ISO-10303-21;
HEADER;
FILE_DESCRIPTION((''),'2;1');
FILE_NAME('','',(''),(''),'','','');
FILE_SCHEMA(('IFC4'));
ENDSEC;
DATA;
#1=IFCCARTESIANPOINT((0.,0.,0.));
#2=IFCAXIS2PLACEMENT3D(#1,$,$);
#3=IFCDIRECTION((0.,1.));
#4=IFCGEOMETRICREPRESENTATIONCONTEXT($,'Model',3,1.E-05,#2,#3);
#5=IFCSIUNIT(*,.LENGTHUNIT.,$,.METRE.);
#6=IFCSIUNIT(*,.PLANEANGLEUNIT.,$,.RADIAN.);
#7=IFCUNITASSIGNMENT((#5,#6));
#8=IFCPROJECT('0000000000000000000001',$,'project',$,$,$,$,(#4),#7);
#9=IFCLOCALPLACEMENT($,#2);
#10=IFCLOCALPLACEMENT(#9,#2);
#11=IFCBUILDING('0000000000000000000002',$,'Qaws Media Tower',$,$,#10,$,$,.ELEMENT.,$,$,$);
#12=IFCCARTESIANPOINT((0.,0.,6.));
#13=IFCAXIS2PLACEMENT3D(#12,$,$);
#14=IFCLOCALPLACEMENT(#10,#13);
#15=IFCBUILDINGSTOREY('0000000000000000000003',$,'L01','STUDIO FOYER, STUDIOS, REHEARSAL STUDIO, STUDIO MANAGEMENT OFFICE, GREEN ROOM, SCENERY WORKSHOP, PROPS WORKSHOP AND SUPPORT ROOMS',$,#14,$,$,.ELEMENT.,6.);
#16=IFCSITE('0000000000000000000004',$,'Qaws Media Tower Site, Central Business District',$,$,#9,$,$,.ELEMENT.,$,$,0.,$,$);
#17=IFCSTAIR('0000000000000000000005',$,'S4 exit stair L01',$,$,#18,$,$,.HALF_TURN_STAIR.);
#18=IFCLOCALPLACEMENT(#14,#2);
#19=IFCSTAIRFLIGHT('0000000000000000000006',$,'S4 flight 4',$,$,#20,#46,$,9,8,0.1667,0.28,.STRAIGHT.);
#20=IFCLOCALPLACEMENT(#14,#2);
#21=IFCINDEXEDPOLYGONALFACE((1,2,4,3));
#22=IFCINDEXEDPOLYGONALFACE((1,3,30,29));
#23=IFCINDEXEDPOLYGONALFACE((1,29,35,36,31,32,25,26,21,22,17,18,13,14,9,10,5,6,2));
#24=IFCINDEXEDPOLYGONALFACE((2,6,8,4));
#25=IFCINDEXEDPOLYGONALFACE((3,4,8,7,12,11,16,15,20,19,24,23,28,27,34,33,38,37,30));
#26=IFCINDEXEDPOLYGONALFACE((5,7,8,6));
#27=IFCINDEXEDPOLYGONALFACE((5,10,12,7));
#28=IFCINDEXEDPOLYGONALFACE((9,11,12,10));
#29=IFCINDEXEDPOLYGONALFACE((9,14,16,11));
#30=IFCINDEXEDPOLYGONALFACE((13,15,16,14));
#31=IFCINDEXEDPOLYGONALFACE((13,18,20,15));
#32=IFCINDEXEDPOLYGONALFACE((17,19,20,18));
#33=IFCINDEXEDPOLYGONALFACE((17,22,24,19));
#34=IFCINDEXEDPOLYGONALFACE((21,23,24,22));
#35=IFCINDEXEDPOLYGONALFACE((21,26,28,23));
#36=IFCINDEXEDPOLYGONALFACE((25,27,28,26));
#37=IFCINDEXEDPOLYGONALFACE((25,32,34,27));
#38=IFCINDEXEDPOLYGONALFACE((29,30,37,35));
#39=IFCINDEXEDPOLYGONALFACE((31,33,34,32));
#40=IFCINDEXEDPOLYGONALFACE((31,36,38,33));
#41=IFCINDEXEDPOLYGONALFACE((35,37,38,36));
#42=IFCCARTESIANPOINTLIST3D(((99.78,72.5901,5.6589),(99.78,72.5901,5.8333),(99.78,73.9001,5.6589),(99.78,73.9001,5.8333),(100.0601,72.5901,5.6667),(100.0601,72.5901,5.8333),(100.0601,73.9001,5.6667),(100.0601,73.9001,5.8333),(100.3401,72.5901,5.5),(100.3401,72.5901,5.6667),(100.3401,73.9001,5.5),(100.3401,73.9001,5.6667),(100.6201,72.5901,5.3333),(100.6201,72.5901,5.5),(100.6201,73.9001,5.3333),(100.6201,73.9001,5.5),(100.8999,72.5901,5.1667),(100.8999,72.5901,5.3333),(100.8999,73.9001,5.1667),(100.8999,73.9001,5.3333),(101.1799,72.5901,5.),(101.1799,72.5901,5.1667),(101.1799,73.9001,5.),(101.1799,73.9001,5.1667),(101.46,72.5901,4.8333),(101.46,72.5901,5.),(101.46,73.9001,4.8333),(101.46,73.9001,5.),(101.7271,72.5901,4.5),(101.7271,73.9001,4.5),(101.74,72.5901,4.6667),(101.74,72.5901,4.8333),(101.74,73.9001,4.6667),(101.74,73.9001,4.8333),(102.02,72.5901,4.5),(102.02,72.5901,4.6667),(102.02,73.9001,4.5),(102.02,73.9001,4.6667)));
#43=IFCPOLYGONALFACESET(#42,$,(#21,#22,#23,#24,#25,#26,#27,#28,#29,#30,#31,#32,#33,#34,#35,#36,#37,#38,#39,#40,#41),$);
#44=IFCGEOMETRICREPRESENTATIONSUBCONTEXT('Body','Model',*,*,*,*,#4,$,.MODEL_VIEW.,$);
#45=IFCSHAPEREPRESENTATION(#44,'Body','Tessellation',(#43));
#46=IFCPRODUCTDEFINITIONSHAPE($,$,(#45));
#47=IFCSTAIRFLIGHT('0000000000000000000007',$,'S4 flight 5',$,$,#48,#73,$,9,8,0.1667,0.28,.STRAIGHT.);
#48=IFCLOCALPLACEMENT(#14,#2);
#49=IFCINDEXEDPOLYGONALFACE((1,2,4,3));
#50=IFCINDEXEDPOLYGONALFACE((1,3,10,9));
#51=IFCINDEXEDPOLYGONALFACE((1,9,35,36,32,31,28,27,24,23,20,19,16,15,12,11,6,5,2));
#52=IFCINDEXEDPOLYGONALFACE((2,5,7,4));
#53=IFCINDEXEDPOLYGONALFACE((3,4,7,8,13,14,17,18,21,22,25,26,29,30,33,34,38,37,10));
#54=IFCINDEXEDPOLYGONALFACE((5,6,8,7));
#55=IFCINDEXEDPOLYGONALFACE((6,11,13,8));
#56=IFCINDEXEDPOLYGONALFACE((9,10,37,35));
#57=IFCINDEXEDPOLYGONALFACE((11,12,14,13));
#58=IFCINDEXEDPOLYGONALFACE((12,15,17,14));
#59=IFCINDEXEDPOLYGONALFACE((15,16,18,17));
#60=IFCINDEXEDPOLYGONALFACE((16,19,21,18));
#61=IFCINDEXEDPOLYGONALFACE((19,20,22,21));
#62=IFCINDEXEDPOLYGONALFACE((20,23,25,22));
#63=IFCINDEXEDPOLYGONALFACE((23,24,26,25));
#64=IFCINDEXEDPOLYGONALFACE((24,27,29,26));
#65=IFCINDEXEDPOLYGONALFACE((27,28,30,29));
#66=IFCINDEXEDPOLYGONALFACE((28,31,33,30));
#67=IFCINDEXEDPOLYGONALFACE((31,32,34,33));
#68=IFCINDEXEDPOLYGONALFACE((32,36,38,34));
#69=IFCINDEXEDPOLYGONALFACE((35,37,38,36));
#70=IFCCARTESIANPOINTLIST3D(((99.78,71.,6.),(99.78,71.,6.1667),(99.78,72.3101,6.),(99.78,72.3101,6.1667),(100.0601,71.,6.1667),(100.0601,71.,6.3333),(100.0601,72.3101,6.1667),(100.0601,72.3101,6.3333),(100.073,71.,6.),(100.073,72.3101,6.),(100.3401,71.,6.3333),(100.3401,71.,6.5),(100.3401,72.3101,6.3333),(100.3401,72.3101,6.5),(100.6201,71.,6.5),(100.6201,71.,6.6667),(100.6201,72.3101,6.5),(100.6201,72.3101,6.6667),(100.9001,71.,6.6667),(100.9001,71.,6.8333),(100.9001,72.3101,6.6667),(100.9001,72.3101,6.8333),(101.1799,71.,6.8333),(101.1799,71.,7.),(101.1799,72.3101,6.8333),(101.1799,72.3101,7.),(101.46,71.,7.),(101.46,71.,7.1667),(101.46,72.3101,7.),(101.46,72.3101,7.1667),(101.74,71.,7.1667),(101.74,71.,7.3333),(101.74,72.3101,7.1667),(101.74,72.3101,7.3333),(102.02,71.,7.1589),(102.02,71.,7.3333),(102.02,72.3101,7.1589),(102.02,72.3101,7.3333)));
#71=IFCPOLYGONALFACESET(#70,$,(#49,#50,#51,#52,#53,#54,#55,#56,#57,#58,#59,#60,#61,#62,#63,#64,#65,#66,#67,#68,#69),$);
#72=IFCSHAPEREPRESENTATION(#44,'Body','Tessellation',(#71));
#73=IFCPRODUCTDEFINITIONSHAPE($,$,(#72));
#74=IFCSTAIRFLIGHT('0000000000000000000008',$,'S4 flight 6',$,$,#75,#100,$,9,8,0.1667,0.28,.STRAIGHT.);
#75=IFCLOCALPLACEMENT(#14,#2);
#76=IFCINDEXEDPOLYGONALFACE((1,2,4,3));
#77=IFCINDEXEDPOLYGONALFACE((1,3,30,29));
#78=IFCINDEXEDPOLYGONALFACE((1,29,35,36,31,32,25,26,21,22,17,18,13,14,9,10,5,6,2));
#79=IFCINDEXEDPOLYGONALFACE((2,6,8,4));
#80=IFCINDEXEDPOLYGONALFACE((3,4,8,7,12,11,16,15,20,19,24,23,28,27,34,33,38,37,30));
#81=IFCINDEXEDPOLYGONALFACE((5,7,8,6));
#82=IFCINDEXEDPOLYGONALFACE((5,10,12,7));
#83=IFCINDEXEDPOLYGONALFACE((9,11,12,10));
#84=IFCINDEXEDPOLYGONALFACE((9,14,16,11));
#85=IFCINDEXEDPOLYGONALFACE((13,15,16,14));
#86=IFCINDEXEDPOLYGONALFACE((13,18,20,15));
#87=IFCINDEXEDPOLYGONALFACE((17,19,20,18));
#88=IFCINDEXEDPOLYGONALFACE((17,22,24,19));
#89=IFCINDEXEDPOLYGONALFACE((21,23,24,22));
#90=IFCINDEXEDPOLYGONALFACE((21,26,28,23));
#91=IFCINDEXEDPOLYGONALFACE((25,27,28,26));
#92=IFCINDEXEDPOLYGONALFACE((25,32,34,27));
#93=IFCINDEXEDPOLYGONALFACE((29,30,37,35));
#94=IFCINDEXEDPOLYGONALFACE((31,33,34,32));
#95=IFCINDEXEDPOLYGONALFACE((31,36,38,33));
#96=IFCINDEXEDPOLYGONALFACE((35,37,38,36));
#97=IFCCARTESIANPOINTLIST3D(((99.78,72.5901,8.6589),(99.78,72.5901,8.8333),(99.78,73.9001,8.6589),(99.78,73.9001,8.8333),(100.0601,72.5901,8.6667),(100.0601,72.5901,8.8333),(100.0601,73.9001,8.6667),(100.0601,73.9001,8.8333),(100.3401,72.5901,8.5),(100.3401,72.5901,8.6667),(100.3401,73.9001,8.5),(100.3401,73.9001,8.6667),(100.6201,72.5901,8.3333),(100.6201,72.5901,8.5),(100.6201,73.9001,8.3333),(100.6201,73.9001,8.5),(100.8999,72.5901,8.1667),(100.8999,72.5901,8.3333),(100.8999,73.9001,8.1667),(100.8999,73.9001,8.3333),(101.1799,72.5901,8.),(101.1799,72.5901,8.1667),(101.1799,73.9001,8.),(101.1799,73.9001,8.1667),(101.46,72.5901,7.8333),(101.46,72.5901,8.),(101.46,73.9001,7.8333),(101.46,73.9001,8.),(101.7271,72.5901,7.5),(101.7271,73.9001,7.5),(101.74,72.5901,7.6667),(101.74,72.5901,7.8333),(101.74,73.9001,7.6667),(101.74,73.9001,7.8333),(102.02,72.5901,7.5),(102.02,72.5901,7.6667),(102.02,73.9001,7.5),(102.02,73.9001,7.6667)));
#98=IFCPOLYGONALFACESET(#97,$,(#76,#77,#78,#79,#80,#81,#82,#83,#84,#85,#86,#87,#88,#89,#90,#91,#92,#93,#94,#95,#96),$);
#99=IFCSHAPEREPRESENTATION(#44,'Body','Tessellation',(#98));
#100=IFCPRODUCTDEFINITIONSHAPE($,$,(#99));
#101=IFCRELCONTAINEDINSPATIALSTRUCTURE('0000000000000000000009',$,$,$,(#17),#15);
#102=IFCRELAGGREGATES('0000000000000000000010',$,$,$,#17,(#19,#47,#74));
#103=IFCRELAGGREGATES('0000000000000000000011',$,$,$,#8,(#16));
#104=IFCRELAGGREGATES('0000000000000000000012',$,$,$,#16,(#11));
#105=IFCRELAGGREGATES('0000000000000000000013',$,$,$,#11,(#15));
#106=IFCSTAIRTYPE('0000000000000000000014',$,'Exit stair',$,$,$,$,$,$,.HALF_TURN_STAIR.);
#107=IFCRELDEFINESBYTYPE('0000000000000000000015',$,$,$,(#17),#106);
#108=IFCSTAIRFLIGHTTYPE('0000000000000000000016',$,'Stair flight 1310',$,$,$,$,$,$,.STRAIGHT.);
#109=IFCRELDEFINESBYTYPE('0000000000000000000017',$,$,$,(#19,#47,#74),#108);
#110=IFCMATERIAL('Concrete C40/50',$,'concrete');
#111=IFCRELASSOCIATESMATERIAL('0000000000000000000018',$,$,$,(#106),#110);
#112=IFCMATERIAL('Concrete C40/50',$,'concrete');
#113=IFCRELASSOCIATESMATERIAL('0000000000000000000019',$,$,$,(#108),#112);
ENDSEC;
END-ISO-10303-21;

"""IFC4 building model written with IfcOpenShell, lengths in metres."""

from ifc_helpers import new_model, si_unit, direction, frame, origin, place, context, subcontext, project, spatial, polyline, outline, extrude, material, type_object, element, aggregate, save


model = new_model("IFC4")

# Units and contexts
model_context = context("Model", 3, precision=1e-05, world=origin(), true_north=direction((0.0, 1.0)))
body_context = subcontext(model_context, "Body", "Model", "MODEL_VIEW")
ifc_project = project(units=[si_unit("LENGTHUNIT", "METRE"), si_unit("PLANEANGLEUNIT", "RADIAN")], contexts=[model_context])

# Site, building, storey
site_placement = place(None, origin())
site = spatial("IfcSite", under=ifc_project, at=site_placement, Name="Qaws Media Tower Site, Central Business District", CompositionType="ELEMENT", RefElevation=0.0)
building_placement = place(site_placement, origin())
building = spatial("IfcBuilding", under=site, at=building_placement, Name="Qaws Media Tower", CompositionType="ELEMENT")
storey_placement = place(building_placement, frame((0.0, 0.0, 6.0)))
storey = spatial("IfcBuildingStorey", under=building, at=storey_placement, Name="L01", Description="STUDIO FOYER, STUDIOS, REHEARSAL STUDIO, STUDIO MANAGEMENT OFFICE, GREEN ROOM, SCENERY WORKSHOP, PROPS WORKSHOP AND SUPPORT ROOMS", CompositionType="ELEMENT", Elevation=6.0)

# Stair, stair flights
ifc_material_1 = material(Name="Concrete C40/50", Category="concrete")
stair_type = type_object("IfcStairType", Name="Exit stair", PredefinedType="HALF_TURN_STAIR", material=ifc_material_1)
stair_placement = place(storey_placement, origin())
stair = element("IfcStair", 1, at=stair_placement, inside=storey, type_object=stair_type, Name="S4 exit stair L01", PredefinedType="HALF_TURN_STAIR")
ifc_material_2 = material(Name="Concrete C40/50", Category="concrete")
stair_flight_type = type_object("IfcStairFlightType", Name="Stair flight 1310", PredefinedType="STRAIGHT", material=ifc_material_2)
stair_flight_1_placement = place(storey_placement, frame((102.02, 73.2451, 4.5), z_axis=(0.0, 0.0, 1.0), x_axis=(-1.0, 0.0, 0.0)))
stair_flight_1 = element("IfcStairFlight", 2, at=stair_flight_1_placement, type_object=stair_flight_type, Name="S4 flight 4", NumberOfRisers=9, NumberOfTreads=8, PredefinedType="STRAIGHT", RiserHeight=0.1667, TreadLength=0.28, context=body_context, shape_type="SweptSolid", body=[
    extrude(outline(polyline([(0.0, 0.0), (0.0, 0.1667), (0.28, 0.1667), (0.28, 0.3333), (0.5601, 0.3333), (0.5601, 0.5), (0.8401, 0.5), (0.8401, 0.6667), (1.1201, 0.6667), (1.1201, 0.8333), (1.3999, 0.8333), (1.3999, 1.0), (1.6799, 1.0), (1.6799, 1.1667), (1.96, 1.1667), (1.96, 1.3333), (2.24, 1.3333), (2.24, 1.5), (2.24, 1.1589), (0.293, 0.0), (0.0, 0.0)])), frame((0.0, 0.655, 0.0), z_axis=(0.0, -1.0, 0.0), x_axis=(1.0, 0.0, 0.0)), (0.0, 0.0, 1.0), 1.3101),
])
stair_flight_2_placement = place(storey_placement, frame((99.78, 71.655, 6.0), z_axis=(0.0, 0.0, 1.0), x_axis=(1.0, 0.0, 0.0)))
stair_flight_2 = element("IfcStairFlight", 3, at=stair_flight_2_placement, type_object=stair_flight_type, Name="S4 flight 5", NumberOfRisers=9, NumberOfTreads=8, PredefinedType="STRAIGHT", RiserHeight=0.1667, TreadLength=0.28, context=body_context, shape_type="SweptSolid", body=[
    extrude(outline(polyline([(0.0, 0.0), (0.0, 0.1667), (0.28, 0.1667), (0.28, 0.3333), (0.5601, 0.3333), (0.5601, 0.5), (0.8401, 0.5), (0.8401, 0.6667), (1.1201, 0.6667), (1.1201, 0.8333), (1.3999, 0.8333), (1.3999, 1.0), (1.6799, 1.0), (1.6799, 1.1667), (1.96, 1.1667), (1.96, 1.3333), (2.24, 1.3333), (2.24, 1.5), (2.24, 1.1589), (0.293, 0.0), (0.0, 0.0)])), frame((0.0, 0.655, 0.0), z_axis=(0.0, -1.0, 0.0), x_axis=(1.0, 0.0, 0.0)), (0.0, 0.0, 1.0), 1.3101),
])
stair_flight_3_placement = place(storey_placement, frame((102.02, 73.2451, 7.5), z_axis=(0.0, 0.0, 1.0), x_axis=(-1.0, 0.0, 0.0)))
stair_flight_3 = element("IfcStairFlight", 4, at=stair_flight_3_placement, type_object=stair_flight_type, Name="S4 flight 6", NumberOfRisers=9, NumberOfTreads=8, PredefinedType="STRAIGHT", RiserHeight=0.1667, TreadLength=0.28, context=body_context, shape_type="SweptSolid", body=[
    extrude(outline(polyline([(0.0, 0.0), (0.0, 0.1667), (0.28, 0.1667), (0.28, 0.3333), (0.5601, 0.3333), (0.5601, 0.5), (0.8401, 0.5), (0.8401, 0.6667), (1.1201, 0.6667), (1.1201, 0.8333), (1.3999, 0.8333), (1.3999, 1.0), (1.6799, 1.0), (1.6799, 1.1667), (1.96, 1.1667), (1.96, 1.3333), (2.24, 1.3333), (2.24, 1.5), (2.24, 1.1589), (0.293, 0.0), (0.0, 0.0)])), frame((0.0, 0.655, 0.0), z_axis=(0.0, -1.0, 0.0), x_axis=(1.0, 0.0, 0.0)), (0.0, 0.0, 1.0), 1.3101),
])
aggregate(stair, [stair_flight_1, stair_flight_2, stair_flight_3])

save(model, "model.ifc")
